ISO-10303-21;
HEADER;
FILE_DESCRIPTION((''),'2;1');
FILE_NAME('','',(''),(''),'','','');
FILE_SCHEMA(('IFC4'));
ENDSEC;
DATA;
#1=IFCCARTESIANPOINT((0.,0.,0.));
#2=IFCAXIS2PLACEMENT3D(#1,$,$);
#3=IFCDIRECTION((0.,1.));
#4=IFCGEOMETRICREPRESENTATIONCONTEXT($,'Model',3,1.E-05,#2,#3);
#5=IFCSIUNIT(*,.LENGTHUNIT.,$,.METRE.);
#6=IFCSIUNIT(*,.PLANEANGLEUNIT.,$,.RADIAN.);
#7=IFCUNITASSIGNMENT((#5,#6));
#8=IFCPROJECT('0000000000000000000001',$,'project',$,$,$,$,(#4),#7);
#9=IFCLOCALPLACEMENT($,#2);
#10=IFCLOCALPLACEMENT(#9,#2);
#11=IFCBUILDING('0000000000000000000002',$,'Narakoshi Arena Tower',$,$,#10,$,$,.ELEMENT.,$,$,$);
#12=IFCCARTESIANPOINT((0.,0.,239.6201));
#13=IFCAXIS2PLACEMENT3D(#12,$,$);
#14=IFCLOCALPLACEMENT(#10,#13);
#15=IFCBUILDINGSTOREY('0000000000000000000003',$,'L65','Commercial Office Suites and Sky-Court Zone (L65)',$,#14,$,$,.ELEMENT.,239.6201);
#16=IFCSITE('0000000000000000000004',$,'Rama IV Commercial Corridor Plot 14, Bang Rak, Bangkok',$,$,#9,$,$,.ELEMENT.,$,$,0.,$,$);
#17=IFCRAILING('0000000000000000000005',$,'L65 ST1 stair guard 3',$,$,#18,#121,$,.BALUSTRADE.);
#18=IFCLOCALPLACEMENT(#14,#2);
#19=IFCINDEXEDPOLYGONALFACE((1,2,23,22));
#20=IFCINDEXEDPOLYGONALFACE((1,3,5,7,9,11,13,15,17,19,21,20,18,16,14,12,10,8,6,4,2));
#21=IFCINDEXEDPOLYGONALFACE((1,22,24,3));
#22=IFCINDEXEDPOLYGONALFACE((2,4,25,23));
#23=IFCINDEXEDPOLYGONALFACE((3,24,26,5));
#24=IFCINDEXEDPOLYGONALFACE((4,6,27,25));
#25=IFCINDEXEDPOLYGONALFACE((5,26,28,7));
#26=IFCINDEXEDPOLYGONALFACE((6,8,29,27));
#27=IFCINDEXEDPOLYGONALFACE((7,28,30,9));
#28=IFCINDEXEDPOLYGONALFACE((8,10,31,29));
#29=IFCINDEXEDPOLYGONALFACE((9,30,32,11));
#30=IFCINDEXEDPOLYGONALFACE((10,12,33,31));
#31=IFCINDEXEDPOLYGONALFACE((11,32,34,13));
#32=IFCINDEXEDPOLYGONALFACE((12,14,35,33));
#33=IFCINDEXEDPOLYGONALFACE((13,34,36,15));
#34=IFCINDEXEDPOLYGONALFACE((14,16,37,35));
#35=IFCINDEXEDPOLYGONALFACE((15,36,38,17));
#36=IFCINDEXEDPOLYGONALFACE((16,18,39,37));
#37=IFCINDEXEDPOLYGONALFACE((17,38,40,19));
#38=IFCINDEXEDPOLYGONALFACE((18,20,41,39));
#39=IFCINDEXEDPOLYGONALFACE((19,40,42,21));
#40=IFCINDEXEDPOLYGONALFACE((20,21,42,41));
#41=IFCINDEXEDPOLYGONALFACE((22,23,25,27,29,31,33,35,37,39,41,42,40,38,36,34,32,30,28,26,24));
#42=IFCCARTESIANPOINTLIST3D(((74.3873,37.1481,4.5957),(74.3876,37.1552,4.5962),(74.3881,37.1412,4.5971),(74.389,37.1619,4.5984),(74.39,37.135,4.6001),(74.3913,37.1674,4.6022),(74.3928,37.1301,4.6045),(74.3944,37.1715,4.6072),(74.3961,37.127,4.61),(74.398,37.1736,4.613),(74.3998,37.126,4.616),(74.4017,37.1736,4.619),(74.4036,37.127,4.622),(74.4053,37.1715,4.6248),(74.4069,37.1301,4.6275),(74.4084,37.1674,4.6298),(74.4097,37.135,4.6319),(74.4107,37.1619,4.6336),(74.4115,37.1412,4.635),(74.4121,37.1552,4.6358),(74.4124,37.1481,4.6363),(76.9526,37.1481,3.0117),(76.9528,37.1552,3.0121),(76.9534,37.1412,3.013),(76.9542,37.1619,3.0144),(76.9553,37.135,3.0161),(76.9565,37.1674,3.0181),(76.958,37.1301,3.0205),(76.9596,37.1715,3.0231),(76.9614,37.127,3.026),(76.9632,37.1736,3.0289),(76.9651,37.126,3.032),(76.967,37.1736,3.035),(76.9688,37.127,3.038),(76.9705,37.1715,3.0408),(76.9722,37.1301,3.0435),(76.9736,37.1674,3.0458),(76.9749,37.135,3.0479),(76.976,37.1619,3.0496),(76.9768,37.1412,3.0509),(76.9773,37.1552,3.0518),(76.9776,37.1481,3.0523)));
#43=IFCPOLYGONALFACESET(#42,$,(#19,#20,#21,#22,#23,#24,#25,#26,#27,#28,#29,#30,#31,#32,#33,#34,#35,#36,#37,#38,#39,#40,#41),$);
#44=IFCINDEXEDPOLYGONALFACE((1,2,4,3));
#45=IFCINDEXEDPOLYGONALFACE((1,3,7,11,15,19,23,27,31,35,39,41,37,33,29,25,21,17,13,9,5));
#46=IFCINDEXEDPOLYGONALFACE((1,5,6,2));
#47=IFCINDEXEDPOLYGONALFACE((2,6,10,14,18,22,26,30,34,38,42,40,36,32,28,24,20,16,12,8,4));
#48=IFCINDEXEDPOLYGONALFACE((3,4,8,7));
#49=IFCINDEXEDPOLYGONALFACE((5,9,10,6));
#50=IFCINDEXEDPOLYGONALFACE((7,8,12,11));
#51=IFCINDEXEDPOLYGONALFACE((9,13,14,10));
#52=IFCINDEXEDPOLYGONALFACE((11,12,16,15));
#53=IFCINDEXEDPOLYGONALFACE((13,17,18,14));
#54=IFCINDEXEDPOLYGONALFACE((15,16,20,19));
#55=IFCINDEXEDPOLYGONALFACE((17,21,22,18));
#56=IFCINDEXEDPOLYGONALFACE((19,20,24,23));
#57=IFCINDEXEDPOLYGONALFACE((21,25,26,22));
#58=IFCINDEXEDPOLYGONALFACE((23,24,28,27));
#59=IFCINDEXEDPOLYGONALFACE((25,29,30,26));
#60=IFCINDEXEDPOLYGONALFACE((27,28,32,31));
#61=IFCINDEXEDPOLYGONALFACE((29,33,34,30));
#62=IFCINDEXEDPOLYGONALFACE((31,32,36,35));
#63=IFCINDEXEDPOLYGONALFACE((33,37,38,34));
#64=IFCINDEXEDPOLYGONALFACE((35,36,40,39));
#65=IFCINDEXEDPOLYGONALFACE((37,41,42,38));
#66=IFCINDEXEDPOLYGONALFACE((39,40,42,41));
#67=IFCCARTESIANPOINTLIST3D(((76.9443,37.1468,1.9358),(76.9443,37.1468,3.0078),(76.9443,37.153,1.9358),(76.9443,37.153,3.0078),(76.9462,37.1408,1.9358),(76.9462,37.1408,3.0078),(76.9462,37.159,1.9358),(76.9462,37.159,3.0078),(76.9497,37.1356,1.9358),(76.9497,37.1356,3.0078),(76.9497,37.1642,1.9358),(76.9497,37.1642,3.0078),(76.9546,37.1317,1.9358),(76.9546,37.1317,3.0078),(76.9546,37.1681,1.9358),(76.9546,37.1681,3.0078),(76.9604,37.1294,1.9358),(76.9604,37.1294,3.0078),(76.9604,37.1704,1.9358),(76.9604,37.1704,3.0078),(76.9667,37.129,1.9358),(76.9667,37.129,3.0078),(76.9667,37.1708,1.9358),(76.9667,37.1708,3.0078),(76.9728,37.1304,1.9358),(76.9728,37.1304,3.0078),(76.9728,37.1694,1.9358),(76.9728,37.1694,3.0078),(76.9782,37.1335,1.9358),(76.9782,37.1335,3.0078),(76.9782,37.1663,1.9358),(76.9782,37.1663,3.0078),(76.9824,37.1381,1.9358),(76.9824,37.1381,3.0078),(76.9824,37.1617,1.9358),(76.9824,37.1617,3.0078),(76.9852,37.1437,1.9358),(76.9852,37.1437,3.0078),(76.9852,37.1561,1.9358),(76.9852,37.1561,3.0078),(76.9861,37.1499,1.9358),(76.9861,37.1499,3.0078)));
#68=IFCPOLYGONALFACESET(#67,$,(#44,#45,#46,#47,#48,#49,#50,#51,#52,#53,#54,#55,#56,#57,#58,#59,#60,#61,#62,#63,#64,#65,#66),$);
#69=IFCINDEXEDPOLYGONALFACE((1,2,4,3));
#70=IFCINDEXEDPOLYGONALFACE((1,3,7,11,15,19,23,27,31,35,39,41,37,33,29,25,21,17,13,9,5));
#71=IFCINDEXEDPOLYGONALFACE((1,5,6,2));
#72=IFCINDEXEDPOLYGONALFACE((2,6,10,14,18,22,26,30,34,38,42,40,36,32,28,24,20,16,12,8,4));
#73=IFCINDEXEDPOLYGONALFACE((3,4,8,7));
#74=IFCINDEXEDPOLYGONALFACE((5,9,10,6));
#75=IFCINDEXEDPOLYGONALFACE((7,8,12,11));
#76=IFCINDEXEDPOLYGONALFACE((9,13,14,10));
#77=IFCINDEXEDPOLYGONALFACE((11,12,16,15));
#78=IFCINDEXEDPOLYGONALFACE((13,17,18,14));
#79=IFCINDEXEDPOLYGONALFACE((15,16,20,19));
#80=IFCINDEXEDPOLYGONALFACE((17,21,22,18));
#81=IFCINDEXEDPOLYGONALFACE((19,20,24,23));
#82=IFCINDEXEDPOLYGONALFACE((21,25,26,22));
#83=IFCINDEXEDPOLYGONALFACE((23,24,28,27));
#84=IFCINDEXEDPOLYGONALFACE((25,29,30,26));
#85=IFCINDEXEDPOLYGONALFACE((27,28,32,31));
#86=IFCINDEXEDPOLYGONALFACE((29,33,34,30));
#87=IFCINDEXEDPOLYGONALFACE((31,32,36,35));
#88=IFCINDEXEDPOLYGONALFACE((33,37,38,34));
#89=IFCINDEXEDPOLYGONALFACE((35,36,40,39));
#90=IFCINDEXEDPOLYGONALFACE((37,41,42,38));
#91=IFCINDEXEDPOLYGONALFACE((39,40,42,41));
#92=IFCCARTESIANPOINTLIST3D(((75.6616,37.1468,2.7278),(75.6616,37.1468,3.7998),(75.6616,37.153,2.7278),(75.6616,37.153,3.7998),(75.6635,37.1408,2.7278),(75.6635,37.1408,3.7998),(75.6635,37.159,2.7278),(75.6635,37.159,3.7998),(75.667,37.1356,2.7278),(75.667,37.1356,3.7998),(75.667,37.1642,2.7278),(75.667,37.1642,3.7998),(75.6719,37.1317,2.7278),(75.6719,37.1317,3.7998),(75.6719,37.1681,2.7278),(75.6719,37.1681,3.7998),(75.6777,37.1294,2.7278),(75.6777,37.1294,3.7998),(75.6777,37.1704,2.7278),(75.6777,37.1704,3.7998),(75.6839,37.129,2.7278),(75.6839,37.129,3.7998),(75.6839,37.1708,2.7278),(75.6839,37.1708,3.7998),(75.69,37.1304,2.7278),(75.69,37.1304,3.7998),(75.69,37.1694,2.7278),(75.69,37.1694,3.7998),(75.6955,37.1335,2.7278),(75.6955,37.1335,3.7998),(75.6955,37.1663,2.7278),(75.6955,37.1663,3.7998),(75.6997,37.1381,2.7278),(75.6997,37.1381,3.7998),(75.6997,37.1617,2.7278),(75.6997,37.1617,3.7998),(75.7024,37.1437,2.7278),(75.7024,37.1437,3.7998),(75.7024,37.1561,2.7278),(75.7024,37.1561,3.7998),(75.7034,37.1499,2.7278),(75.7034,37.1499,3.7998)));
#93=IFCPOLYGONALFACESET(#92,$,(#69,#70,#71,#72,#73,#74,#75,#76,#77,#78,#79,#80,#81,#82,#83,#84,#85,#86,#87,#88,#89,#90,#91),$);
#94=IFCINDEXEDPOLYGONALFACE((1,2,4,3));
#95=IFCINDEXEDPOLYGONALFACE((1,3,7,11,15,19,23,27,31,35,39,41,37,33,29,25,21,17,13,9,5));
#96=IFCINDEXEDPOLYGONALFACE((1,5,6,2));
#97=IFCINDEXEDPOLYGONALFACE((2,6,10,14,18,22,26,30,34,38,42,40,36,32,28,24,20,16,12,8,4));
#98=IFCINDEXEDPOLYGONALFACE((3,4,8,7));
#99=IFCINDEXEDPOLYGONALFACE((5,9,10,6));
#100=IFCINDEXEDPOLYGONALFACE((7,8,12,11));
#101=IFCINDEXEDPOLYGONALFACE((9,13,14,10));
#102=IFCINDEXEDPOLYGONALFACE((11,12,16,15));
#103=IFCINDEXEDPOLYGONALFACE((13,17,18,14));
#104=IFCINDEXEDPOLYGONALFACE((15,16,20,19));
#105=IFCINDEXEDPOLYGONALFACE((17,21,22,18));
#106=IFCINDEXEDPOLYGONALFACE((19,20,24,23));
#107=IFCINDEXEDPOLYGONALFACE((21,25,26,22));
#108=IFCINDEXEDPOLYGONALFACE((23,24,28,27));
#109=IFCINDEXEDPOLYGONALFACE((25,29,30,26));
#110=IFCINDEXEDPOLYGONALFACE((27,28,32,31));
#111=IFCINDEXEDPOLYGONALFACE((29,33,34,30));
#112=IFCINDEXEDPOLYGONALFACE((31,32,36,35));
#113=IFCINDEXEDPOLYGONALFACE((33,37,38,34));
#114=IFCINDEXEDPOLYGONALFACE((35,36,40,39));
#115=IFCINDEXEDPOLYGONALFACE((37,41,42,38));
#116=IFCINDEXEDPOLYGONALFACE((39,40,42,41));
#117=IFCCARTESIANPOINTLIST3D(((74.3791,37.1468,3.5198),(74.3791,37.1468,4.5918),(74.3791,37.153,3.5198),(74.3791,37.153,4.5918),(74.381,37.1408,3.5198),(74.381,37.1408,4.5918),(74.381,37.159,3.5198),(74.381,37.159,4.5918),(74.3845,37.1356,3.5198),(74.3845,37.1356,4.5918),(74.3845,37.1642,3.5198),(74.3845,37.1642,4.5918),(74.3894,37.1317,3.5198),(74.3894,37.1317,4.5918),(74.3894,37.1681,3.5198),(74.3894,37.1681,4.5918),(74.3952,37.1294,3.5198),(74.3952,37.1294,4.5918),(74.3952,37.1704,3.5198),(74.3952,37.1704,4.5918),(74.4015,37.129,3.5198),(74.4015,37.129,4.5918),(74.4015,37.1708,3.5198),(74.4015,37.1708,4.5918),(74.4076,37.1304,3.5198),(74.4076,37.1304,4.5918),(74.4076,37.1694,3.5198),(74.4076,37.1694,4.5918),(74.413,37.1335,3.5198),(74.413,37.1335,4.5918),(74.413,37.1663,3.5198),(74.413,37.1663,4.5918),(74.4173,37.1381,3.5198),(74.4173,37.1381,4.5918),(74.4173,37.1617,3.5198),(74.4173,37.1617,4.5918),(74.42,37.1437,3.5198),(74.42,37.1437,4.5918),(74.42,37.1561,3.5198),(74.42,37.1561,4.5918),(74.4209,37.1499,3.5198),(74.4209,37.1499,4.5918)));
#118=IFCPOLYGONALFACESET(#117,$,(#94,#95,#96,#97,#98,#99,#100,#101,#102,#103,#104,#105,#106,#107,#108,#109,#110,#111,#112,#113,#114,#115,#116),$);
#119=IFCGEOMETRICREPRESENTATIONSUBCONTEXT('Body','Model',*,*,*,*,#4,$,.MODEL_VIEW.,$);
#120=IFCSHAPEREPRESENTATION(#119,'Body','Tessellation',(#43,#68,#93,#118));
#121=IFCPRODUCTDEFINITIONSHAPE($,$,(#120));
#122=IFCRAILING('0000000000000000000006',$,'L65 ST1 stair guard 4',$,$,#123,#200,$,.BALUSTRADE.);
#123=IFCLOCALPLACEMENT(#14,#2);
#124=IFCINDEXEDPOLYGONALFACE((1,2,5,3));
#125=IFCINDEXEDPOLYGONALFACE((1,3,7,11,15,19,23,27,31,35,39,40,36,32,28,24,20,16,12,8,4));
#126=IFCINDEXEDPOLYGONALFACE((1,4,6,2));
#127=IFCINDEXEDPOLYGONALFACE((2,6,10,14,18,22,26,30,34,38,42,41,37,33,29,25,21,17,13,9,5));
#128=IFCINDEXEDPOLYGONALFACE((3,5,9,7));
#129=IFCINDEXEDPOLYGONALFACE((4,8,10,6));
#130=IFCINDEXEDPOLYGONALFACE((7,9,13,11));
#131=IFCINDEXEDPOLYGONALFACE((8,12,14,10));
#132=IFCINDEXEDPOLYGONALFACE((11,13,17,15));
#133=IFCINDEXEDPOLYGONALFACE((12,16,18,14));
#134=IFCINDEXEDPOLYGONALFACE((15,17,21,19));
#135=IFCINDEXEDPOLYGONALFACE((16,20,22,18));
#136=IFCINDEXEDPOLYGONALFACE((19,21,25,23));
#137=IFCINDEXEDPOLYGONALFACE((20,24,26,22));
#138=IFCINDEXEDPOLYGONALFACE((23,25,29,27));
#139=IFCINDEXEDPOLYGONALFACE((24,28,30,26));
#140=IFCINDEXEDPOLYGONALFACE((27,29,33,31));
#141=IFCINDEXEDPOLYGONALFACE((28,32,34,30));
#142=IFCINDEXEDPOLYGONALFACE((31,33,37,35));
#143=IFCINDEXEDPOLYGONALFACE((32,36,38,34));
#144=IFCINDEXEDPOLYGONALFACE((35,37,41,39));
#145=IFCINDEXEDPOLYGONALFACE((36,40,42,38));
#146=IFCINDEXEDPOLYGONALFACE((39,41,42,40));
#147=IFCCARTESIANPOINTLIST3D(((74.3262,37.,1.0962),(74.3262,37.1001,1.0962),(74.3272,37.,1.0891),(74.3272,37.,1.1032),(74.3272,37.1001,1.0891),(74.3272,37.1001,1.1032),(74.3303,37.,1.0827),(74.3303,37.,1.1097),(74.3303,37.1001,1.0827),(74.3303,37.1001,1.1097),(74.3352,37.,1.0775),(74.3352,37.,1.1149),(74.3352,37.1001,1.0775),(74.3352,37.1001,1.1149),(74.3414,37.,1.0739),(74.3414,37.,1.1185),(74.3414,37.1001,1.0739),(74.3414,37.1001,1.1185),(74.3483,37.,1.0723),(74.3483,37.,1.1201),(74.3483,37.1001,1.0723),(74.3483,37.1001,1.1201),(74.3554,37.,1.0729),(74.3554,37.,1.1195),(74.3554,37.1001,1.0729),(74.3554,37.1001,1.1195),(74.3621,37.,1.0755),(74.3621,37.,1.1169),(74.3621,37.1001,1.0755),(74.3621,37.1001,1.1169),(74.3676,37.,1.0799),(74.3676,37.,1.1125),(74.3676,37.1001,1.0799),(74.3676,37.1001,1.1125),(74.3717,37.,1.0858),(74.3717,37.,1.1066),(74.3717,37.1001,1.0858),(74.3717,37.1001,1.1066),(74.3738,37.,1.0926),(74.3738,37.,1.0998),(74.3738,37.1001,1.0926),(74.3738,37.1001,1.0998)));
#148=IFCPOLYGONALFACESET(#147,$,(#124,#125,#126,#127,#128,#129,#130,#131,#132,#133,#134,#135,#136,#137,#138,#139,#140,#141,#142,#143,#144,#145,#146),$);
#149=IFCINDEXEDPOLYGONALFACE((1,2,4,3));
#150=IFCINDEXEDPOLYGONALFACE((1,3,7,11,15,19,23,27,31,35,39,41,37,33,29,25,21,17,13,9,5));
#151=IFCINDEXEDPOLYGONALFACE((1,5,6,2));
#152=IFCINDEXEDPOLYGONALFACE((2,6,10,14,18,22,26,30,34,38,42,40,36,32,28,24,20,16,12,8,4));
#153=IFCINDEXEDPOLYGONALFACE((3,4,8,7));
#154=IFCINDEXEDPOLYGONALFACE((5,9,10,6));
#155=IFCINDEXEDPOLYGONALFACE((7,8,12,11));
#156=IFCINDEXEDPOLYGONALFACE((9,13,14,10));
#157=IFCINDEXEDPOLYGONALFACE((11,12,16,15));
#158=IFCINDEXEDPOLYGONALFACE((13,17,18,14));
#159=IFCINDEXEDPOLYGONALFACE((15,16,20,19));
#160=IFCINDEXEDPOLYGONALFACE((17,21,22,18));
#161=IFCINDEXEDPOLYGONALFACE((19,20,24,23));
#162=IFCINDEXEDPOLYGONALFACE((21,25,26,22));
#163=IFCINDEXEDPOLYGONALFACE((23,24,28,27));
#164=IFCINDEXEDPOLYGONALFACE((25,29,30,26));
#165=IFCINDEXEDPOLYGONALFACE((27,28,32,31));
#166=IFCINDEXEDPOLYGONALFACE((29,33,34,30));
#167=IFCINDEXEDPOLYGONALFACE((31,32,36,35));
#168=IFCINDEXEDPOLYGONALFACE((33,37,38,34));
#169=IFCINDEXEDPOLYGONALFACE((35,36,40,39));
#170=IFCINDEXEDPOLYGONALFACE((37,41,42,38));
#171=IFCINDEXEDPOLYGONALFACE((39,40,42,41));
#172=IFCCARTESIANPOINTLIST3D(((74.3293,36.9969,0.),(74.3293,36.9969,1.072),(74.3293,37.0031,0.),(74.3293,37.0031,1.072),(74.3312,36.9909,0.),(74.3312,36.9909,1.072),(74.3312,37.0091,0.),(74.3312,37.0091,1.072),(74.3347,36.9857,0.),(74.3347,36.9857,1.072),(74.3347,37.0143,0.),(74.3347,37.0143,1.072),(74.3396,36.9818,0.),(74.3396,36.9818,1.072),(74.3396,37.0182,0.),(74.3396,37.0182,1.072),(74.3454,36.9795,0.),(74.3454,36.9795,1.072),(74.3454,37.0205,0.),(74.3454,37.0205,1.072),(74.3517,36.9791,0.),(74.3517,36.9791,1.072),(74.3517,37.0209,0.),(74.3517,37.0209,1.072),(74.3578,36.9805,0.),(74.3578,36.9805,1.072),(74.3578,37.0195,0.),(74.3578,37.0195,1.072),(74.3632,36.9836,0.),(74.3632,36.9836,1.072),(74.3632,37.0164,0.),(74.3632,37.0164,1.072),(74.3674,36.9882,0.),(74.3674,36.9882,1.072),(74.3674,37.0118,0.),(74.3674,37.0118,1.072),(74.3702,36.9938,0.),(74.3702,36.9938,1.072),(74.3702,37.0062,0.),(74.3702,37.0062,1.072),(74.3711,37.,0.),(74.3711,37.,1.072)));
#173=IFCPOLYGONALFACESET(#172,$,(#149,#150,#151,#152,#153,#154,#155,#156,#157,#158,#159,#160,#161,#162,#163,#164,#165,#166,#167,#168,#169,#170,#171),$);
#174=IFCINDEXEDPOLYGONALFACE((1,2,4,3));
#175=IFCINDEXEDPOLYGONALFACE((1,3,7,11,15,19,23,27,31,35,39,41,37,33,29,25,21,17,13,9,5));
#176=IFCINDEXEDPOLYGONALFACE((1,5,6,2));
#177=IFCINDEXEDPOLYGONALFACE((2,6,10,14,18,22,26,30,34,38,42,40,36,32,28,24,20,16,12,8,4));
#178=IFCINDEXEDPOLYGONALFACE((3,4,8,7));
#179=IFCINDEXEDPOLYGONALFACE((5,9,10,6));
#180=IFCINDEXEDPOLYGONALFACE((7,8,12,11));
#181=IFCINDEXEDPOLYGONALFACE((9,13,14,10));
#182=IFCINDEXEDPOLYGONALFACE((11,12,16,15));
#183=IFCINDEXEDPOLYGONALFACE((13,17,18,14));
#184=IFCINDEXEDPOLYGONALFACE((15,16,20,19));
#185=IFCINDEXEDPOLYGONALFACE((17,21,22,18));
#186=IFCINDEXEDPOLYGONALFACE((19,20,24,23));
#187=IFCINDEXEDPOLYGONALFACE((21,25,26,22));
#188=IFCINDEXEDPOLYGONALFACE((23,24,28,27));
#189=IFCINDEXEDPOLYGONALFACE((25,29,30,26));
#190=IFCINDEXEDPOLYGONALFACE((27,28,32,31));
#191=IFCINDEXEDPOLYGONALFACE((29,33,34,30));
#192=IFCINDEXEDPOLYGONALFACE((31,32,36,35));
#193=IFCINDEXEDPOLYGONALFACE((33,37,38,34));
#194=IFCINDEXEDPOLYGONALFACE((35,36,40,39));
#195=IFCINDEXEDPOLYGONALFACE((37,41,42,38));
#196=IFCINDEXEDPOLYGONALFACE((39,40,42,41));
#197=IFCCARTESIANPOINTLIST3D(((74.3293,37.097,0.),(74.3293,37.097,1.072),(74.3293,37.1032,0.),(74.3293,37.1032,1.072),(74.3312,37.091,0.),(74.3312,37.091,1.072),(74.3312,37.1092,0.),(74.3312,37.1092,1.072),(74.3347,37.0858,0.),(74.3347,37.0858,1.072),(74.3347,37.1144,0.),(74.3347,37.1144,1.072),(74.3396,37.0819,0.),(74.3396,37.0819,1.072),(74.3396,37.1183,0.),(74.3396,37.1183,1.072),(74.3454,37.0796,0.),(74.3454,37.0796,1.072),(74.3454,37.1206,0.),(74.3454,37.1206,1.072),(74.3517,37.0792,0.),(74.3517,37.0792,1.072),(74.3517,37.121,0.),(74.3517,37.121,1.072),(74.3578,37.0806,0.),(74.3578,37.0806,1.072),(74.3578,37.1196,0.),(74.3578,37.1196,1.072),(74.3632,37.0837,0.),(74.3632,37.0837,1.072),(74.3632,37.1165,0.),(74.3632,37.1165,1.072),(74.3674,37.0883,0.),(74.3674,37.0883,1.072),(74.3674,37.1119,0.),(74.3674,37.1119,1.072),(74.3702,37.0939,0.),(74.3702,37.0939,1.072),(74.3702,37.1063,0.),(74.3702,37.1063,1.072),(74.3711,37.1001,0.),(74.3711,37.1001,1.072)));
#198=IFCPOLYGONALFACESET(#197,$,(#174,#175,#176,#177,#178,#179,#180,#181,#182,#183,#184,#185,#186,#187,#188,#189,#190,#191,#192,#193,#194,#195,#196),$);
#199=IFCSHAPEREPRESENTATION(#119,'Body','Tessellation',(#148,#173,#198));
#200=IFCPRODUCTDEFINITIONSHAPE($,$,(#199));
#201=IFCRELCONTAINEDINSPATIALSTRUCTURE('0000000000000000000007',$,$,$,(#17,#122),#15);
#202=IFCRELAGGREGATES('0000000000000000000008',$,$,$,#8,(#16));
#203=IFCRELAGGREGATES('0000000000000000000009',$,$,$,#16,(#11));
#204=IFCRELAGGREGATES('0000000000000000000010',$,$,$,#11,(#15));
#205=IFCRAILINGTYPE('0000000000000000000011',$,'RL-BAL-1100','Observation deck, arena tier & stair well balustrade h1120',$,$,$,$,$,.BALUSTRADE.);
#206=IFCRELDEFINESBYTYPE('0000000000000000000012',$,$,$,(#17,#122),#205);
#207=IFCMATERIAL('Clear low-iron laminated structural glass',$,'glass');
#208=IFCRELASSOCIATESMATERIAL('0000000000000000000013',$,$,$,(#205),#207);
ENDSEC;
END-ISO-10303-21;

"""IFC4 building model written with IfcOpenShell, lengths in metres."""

from ifc_helpers import new_model, si_unit, direction, frame, origin, origin_2d, place, context, subcontext, project, spatial, circle, extrude, material, type_object, element, save


model = new_model("IFC4")

# Units and contexts
model_context = context("Model", 3, precision=1e-05, world=origin(), true_north=direction((0.0, 1.0)))
body_context = subcontext(model_context, "Body", "Model", "MODEL_VIEW")
ifc_project = project(units=[si_unit("LENGTHUNIT", "METRE"), si_unit("PLANEANGLEUNIT", "RADIAN")], contexts=[model_context])

# Site, building, storey
site_placement = place(None, origin())
site = spatial("IfcSite", under=ifc_project, at=site_placement, Name="Rama IV Commercial Corridor Plot 14, Bang Rak, Bangkok", CompositionType="ELEMENT", RefElevation=0.0)
building_placement = place(site_placement, origin())
building = spatial("IfcBuilding", under=site, at=building_placement, Name="Narakoshi Arena Tower", CompositionType="ELEMENT")
storey_placement = place(building_placement, frame((0.0, 0.0, 239.6201)))
storey = spatial("IfcBuildingStorey", under=building, at=storey_placement, Name="L65", Description="Commercial Office Suites and Sky-Court Zone (L65)", CompositionType="ELEMENT", Elevation=239.6201)

# Railings
ifc_material_1 = material(Name="Clear low-iron laminated structural glass", Category="glass")
railing_type_1 = type_object("IfcRailingType", Name="RL-BAL-1100", Description="Observation deck, arena tier & stair well balustrade h1120", PredefinedType="BALUSTRADE", material=ifc_material_1)
railing_1_placement = place(storey_placement, frame((76.9651, 37.1499, 1.9358)))
element("IfcRailing", 1, at=railing_1_placement, inside=storey, type_object=railing_type_1, Name="L65 ST1 stair guard 3", PredefinedType="BALUSTRADE", context=body_context, shape_type="SweptSolid", body=[
    extrude(circle(Radius=0.0239, at=origin_2d()), frame((0.0, 0.0, 1.0962), z_axis=(-0.850857, 0.0, 0.525398), x_axis=(0.0, -1.0, 0.0)), (0.0, 0.0, 1.0), 3.0149),
    extrude(circle(Radius=0.021, at=origin_2d()), origin(), (0.0, 0.0, 1.0), 1.072),
    extrude(circle(Radius=0.021, at=origin_2d()), frame((-1.2827, 0.0, 0.792)), (0.0, 0.0, 1.0), 1.072),
    extrude(circle(Radius=0.021, at=origin_2d()), frame((-2.5652, 0.0, 1.584)), (0.0, 0.0, 1.0), 1.072),
])
railing_2_placement = place(storey_placement, frame((74.3501, 37.0, 0.0)))
element("IfcRailing", 2, at=railing_2_placement, inside=storey, type_object=railing_type_1, Name="L65 ST1 stair guard 4", PredefinedType="BALUSTRADE", context=body_context, shape_type="SweptSolid", body=[
    extrude(circle(Radius=0.0239, at=origin_2d()), frame((0.0, 0.0, 1.0962), z_axis=(0.0, 1.0, 0.0), x_axis=(-1.0, 0.0, 0.0)), (0.0, 0.0, 1.0), 0.1001),
    extrude(circle(Radius=0.021, at=origin_2d()), origin(), (0.0, 0.0, 1.0), 1.072),
    extrude(circle(Radius=0.021, at=origin_2d()), frame((0.0, 0.1001, 0.0)), (0.0, 0.0, 1.0), 1.072),
])

save(model, "model.ifc")
